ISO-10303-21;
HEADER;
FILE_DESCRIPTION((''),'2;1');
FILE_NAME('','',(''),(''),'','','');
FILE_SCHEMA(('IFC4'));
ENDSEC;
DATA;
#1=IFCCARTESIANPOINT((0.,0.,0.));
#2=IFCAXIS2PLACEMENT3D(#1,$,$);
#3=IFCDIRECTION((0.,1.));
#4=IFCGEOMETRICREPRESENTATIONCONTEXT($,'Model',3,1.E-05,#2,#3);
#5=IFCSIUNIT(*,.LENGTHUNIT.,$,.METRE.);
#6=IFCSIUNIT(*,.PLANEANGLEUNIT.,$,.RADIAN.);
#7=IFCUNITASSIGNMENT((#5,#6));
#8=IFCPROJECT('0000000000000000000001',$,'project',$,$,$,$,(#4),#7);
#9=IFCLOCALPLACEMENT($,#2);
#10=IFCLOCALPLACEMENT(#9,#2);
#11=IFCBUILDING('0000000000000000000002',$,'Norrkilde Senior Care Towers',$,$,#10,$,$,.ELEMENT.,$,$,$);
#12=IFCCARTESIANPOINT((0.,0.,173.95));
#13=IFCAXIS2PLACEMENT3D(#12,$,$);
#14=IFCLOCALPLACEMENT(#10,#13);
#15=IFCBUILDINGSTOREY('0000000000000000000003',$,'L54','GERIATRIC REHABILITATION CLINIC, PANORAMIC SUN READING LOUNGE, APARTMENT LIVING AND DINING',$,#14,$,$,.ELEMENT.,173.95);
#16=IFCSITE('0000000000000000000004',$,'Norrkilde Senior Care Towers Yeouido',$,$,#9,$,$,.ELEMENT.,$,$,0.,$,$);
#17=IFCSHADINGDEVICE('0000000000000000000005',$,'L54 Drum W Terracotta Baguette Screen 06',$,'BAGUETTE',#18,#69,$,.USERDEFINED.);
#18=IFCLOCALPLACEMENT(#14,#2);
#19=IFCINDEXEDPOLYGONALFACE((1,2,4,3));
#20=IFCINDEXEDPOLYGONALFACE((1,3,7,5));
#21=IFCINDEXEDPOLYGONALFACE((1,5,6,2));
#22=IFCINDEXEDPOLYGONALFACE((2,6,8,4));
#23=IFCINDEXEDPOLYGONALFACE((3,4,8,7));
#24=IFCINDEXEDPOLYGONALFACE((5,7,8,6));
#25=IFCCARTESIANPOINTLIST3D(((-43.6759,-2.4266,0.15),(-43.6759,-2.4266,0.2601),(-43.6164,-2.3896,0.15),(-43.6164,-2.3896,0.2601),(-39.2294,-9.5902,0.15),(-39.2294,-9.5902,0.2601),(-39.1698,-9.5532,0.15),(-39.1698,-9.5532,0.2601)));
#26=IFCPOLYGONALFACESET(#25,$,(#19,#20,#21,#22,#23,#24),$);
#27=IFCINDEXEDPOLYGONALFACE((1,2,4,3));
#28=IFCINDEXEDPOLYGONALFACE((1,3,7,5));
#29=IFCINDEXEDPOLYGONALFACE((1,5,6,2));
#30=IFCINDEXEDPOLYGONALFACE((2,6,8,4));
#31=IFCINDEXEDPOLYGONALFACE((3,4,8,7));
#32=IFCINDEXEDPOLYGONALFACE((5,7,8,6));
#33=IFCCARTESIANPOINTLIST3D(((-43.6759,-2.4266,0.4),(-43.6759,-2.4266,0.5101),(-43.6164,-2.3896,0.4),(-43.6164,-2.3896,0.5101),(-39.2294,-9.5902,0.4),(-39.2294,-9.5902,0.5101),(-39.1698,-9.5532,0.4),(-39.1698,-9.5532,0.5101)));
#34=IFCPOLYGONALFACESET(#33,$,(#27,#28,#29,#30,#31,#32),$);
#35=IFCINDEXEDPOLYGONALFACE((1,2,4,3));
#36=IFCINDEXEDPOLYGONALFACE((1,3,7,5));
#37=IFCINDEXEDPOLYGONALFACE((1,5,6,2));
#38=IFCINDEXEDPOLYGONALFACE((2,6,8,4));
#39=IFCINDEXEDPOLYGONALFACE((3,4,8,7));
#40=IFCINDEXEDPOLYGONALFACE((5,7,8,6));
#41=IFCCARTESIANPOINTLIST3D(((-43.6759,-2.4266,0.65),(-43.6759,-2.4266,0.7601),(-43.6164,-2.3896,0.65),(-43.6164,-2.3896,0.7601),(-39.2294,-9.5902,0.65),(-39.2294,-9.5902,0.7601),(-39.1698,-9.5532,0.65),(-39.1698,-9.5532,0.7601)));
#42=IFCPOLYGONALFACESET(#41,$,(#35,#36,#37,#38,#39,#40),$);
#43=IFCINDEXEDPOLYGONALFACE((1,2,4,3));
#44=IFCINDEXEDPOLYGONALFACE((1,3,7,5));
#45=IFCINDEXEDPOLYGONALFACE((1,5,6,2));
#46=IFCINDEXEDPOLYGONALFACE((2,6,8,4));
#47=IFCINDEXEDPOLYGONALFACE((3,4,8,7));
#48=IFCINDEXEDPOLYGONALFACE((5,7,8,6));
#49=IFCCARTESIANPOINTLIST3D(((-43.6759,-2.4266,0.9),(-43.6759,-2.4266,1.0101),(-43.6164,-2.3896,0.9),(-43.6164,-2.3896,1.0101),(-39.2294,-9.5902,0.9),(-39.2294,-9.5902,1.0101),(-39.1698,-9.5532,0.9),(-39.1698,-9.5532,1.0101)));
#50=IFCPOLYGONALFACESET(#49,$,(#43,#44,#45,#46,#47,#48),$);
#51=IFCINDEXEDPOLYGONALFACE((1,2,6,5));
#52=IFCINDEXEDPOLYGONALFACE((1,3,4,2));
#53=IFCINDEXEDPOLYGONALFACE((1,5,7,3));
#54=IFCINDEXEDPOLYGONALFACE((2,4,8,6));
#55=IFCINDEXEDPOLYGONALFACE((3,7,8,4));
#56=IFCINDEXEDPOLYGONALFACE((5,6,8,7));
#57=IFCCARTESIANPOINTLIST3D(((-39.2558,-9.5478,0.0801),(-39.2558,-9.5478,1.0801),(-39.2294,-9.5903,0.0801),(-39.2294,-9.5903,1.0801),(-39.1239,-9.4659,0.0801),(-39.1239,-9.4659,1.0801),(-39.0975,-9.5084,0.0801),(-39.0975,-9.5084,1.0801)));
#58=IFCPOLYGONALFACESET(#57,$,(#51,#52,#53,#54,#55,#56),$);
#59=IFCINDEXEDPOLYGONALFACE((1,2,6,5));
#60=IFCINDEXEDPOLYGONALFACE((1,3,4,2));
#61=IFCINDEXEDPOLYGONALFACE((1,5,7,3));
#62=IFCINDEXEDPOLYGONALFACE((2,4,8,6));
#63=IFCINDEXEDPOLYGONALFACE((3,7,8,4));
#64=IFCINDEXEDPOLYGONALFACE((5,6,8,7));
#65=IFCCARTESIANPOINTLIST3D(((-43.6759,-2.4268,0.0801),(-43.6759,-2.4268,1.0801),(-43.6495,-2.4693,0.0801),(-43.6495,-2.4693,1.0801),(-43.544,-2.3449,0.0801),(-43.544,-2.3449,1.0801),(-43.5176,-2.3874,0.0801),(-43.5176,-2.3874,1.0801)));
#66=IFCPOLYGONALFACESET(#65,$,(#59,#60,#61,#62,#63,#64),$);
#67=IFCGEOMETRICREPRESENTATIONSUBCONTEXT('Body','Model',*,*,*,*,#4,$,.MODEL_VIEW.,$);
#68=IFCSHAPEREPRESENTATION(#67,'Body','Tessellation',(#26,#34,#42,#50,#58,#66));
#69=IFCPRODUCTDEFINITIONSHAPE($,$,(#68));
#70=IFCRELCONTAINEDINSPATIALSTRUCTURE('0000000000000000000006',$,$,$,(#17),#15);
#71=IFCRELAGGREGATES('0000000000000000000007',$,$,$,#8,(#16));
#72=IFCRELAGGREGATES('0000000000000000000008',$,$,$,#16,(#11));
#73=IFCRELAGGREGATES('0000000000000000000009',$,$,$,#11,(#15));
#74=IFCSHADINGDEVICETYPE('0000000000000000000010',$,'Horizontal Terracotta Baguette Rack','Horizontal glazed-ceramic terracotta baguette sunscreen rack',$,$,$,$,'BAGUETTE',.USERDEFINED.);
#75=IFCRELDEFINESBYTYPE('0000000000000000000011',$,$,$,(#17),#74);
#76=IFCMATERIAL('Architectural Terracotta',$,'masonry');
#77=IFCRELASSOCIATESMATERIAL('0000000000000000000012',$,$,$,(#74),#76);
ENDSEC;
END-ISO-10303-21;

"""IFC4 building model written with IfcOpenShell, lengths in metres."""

from ifc_helpers import new_model, si_unit, direction, frame, origin, origin_2d, place, context, subcontext, project, spatial, rectangle, extrude, source, transform, mapped, material, type_object, type_shapes, element, save


model = new_model("IFC4")

# Units and contexts
model_context = context("Model", 3, precision=1e-05, world=origin(), true_north=direction((0.0, 1.0)))
body_context = subcontext(model_context, "Body", "Model", "MODEL_VIEW")
ifc_project = project(units=[si_unit("LENGTHUNIT", "METRE"), si_unit("PLANEANGLEUNIT", "RADIAN")], contexts=[model_context])

# Site, building, storey
site_placement = place(None, origin())
site = spatial("IfcSite", under=ifc_project, at=site_placement, Name="Norrkilde Senior Care Towers Yeouido", CompositionType="ELEMENT", RefElevation=0.0)
building_placement = place(site_placement, origin())
building = spatial("IfcBuilding", under=site, at=building_placement, Name="Norrkilde Senior Care Towers", CompositionType="ELEMENT")
storey_placement = place(building_placement, frame((0.0, 0.0, 173.95)))
storey = spatial("IfcBuildingStorey", under=building, at=storey_placement, Name="L54", Description="GERIATRIC REHABILITATION CLINIC, PANORAMIC SUN READING LOUNGE, APARTMENT LIVING AND DINING", CompositionType="ELEMENT", Elevation=173.95)

# Shading device
ifc_material_1 = material(Name="Architectural Terracotta", Category="masonry")
shading_device_type = type_object("IfcShadingDeviceType", Name="Horizontal Terracotta Baguette Rack", Description="Horizontal glazed-ceramic terracotta baguette sunscreen rack", ElementType="BAGUETTE", PredefinedType="USERDEFINED", material=ifc_material_1)
shared_shape_1 = source(origin(), body_context, "Body", "SweptSolid", [
    extrude(rectangle(XDim=0.0701, YDim=0.1101, at=origin_2d()), frame((0.0, 0.0901, 0.125), z_axis=(1.0, 0.0, 0.0), x_axis=(0.0, 1.0, 0.0)), (0.0, 0.0, 1.0), 8.4314),
    extrude(rectangle(XDim=0.0701, YDim=0.1101, at=origin_2d()), frame((0.0, 0.0901, 0.375), z_axis=(1.0, 0.0, 0.0), x_axis=(0.0, 1.0, 0.0)), (0.0, 0.0, 1.0), 8.4314),
    extrude(rectangle(XDim=0.0701, YDim=0.1101, at=origin_2d()), frame((0.0, 0.0901, 0.625), z_axis=(1.0, 0.0, 0.0), x_axis=(0.0, 1.0, 0.0)), (0.0, 0.0, 1.0), 8.4314),
    extrude(rectangle(XDim=0.0701, YDim=0.1101, at=origin_2d()), frame((0.0, 0.0901, 0.875), z_axis=(1.0, 0.0, 0.0), x_axis=(0.0, 1.0, 0.0)), (0.0, 0.0, 1.0), 8.4314),
    extrude(rectangle(XDim=0.05, YDim=0.1553, at=origin_2d()), frame((0.0249, 0.0476, 0.0)), (0.0, 0.0, 1.0), 1.0),
    extrude(rectangle(XDim=0.05, YDim=0.1553, at=origin_2d()), frame((8.4062, 0.0476, 0.0)), (0.0, 0.0, 1.0), 1.0),
])
type_shapes(shading_device_type, [shared_shape_1])
shading_device_placement = place(storey_placement, frame((-39.123, -9.5242, 0.0801), z_axis=(0.0, 0.0, 1.0), x_axis=(-0.527378, 0.849631, 0.0)))
element("IfcShadingDevice", 1, at=shading_device_placement, inside=storey, type_object=shading_device_type, Name="L54 Drum W Terracotta Baguette Screen 06", ObjectType="BAGUETTE", PredefinedType="USERDEFINED", context=body_context, shape_type="MappedRepresentation", body=[
    mapped(shared_shape_1, transform((0.0, 0.0, 0.0), x_axis=(1.0, 0.0, 0.0), y_axis=(0.0, 1.0, 0.0), z_axis=(0.0, 0.0, 1.0), scale=1.0)),
])

save(model, "model.ifc")
